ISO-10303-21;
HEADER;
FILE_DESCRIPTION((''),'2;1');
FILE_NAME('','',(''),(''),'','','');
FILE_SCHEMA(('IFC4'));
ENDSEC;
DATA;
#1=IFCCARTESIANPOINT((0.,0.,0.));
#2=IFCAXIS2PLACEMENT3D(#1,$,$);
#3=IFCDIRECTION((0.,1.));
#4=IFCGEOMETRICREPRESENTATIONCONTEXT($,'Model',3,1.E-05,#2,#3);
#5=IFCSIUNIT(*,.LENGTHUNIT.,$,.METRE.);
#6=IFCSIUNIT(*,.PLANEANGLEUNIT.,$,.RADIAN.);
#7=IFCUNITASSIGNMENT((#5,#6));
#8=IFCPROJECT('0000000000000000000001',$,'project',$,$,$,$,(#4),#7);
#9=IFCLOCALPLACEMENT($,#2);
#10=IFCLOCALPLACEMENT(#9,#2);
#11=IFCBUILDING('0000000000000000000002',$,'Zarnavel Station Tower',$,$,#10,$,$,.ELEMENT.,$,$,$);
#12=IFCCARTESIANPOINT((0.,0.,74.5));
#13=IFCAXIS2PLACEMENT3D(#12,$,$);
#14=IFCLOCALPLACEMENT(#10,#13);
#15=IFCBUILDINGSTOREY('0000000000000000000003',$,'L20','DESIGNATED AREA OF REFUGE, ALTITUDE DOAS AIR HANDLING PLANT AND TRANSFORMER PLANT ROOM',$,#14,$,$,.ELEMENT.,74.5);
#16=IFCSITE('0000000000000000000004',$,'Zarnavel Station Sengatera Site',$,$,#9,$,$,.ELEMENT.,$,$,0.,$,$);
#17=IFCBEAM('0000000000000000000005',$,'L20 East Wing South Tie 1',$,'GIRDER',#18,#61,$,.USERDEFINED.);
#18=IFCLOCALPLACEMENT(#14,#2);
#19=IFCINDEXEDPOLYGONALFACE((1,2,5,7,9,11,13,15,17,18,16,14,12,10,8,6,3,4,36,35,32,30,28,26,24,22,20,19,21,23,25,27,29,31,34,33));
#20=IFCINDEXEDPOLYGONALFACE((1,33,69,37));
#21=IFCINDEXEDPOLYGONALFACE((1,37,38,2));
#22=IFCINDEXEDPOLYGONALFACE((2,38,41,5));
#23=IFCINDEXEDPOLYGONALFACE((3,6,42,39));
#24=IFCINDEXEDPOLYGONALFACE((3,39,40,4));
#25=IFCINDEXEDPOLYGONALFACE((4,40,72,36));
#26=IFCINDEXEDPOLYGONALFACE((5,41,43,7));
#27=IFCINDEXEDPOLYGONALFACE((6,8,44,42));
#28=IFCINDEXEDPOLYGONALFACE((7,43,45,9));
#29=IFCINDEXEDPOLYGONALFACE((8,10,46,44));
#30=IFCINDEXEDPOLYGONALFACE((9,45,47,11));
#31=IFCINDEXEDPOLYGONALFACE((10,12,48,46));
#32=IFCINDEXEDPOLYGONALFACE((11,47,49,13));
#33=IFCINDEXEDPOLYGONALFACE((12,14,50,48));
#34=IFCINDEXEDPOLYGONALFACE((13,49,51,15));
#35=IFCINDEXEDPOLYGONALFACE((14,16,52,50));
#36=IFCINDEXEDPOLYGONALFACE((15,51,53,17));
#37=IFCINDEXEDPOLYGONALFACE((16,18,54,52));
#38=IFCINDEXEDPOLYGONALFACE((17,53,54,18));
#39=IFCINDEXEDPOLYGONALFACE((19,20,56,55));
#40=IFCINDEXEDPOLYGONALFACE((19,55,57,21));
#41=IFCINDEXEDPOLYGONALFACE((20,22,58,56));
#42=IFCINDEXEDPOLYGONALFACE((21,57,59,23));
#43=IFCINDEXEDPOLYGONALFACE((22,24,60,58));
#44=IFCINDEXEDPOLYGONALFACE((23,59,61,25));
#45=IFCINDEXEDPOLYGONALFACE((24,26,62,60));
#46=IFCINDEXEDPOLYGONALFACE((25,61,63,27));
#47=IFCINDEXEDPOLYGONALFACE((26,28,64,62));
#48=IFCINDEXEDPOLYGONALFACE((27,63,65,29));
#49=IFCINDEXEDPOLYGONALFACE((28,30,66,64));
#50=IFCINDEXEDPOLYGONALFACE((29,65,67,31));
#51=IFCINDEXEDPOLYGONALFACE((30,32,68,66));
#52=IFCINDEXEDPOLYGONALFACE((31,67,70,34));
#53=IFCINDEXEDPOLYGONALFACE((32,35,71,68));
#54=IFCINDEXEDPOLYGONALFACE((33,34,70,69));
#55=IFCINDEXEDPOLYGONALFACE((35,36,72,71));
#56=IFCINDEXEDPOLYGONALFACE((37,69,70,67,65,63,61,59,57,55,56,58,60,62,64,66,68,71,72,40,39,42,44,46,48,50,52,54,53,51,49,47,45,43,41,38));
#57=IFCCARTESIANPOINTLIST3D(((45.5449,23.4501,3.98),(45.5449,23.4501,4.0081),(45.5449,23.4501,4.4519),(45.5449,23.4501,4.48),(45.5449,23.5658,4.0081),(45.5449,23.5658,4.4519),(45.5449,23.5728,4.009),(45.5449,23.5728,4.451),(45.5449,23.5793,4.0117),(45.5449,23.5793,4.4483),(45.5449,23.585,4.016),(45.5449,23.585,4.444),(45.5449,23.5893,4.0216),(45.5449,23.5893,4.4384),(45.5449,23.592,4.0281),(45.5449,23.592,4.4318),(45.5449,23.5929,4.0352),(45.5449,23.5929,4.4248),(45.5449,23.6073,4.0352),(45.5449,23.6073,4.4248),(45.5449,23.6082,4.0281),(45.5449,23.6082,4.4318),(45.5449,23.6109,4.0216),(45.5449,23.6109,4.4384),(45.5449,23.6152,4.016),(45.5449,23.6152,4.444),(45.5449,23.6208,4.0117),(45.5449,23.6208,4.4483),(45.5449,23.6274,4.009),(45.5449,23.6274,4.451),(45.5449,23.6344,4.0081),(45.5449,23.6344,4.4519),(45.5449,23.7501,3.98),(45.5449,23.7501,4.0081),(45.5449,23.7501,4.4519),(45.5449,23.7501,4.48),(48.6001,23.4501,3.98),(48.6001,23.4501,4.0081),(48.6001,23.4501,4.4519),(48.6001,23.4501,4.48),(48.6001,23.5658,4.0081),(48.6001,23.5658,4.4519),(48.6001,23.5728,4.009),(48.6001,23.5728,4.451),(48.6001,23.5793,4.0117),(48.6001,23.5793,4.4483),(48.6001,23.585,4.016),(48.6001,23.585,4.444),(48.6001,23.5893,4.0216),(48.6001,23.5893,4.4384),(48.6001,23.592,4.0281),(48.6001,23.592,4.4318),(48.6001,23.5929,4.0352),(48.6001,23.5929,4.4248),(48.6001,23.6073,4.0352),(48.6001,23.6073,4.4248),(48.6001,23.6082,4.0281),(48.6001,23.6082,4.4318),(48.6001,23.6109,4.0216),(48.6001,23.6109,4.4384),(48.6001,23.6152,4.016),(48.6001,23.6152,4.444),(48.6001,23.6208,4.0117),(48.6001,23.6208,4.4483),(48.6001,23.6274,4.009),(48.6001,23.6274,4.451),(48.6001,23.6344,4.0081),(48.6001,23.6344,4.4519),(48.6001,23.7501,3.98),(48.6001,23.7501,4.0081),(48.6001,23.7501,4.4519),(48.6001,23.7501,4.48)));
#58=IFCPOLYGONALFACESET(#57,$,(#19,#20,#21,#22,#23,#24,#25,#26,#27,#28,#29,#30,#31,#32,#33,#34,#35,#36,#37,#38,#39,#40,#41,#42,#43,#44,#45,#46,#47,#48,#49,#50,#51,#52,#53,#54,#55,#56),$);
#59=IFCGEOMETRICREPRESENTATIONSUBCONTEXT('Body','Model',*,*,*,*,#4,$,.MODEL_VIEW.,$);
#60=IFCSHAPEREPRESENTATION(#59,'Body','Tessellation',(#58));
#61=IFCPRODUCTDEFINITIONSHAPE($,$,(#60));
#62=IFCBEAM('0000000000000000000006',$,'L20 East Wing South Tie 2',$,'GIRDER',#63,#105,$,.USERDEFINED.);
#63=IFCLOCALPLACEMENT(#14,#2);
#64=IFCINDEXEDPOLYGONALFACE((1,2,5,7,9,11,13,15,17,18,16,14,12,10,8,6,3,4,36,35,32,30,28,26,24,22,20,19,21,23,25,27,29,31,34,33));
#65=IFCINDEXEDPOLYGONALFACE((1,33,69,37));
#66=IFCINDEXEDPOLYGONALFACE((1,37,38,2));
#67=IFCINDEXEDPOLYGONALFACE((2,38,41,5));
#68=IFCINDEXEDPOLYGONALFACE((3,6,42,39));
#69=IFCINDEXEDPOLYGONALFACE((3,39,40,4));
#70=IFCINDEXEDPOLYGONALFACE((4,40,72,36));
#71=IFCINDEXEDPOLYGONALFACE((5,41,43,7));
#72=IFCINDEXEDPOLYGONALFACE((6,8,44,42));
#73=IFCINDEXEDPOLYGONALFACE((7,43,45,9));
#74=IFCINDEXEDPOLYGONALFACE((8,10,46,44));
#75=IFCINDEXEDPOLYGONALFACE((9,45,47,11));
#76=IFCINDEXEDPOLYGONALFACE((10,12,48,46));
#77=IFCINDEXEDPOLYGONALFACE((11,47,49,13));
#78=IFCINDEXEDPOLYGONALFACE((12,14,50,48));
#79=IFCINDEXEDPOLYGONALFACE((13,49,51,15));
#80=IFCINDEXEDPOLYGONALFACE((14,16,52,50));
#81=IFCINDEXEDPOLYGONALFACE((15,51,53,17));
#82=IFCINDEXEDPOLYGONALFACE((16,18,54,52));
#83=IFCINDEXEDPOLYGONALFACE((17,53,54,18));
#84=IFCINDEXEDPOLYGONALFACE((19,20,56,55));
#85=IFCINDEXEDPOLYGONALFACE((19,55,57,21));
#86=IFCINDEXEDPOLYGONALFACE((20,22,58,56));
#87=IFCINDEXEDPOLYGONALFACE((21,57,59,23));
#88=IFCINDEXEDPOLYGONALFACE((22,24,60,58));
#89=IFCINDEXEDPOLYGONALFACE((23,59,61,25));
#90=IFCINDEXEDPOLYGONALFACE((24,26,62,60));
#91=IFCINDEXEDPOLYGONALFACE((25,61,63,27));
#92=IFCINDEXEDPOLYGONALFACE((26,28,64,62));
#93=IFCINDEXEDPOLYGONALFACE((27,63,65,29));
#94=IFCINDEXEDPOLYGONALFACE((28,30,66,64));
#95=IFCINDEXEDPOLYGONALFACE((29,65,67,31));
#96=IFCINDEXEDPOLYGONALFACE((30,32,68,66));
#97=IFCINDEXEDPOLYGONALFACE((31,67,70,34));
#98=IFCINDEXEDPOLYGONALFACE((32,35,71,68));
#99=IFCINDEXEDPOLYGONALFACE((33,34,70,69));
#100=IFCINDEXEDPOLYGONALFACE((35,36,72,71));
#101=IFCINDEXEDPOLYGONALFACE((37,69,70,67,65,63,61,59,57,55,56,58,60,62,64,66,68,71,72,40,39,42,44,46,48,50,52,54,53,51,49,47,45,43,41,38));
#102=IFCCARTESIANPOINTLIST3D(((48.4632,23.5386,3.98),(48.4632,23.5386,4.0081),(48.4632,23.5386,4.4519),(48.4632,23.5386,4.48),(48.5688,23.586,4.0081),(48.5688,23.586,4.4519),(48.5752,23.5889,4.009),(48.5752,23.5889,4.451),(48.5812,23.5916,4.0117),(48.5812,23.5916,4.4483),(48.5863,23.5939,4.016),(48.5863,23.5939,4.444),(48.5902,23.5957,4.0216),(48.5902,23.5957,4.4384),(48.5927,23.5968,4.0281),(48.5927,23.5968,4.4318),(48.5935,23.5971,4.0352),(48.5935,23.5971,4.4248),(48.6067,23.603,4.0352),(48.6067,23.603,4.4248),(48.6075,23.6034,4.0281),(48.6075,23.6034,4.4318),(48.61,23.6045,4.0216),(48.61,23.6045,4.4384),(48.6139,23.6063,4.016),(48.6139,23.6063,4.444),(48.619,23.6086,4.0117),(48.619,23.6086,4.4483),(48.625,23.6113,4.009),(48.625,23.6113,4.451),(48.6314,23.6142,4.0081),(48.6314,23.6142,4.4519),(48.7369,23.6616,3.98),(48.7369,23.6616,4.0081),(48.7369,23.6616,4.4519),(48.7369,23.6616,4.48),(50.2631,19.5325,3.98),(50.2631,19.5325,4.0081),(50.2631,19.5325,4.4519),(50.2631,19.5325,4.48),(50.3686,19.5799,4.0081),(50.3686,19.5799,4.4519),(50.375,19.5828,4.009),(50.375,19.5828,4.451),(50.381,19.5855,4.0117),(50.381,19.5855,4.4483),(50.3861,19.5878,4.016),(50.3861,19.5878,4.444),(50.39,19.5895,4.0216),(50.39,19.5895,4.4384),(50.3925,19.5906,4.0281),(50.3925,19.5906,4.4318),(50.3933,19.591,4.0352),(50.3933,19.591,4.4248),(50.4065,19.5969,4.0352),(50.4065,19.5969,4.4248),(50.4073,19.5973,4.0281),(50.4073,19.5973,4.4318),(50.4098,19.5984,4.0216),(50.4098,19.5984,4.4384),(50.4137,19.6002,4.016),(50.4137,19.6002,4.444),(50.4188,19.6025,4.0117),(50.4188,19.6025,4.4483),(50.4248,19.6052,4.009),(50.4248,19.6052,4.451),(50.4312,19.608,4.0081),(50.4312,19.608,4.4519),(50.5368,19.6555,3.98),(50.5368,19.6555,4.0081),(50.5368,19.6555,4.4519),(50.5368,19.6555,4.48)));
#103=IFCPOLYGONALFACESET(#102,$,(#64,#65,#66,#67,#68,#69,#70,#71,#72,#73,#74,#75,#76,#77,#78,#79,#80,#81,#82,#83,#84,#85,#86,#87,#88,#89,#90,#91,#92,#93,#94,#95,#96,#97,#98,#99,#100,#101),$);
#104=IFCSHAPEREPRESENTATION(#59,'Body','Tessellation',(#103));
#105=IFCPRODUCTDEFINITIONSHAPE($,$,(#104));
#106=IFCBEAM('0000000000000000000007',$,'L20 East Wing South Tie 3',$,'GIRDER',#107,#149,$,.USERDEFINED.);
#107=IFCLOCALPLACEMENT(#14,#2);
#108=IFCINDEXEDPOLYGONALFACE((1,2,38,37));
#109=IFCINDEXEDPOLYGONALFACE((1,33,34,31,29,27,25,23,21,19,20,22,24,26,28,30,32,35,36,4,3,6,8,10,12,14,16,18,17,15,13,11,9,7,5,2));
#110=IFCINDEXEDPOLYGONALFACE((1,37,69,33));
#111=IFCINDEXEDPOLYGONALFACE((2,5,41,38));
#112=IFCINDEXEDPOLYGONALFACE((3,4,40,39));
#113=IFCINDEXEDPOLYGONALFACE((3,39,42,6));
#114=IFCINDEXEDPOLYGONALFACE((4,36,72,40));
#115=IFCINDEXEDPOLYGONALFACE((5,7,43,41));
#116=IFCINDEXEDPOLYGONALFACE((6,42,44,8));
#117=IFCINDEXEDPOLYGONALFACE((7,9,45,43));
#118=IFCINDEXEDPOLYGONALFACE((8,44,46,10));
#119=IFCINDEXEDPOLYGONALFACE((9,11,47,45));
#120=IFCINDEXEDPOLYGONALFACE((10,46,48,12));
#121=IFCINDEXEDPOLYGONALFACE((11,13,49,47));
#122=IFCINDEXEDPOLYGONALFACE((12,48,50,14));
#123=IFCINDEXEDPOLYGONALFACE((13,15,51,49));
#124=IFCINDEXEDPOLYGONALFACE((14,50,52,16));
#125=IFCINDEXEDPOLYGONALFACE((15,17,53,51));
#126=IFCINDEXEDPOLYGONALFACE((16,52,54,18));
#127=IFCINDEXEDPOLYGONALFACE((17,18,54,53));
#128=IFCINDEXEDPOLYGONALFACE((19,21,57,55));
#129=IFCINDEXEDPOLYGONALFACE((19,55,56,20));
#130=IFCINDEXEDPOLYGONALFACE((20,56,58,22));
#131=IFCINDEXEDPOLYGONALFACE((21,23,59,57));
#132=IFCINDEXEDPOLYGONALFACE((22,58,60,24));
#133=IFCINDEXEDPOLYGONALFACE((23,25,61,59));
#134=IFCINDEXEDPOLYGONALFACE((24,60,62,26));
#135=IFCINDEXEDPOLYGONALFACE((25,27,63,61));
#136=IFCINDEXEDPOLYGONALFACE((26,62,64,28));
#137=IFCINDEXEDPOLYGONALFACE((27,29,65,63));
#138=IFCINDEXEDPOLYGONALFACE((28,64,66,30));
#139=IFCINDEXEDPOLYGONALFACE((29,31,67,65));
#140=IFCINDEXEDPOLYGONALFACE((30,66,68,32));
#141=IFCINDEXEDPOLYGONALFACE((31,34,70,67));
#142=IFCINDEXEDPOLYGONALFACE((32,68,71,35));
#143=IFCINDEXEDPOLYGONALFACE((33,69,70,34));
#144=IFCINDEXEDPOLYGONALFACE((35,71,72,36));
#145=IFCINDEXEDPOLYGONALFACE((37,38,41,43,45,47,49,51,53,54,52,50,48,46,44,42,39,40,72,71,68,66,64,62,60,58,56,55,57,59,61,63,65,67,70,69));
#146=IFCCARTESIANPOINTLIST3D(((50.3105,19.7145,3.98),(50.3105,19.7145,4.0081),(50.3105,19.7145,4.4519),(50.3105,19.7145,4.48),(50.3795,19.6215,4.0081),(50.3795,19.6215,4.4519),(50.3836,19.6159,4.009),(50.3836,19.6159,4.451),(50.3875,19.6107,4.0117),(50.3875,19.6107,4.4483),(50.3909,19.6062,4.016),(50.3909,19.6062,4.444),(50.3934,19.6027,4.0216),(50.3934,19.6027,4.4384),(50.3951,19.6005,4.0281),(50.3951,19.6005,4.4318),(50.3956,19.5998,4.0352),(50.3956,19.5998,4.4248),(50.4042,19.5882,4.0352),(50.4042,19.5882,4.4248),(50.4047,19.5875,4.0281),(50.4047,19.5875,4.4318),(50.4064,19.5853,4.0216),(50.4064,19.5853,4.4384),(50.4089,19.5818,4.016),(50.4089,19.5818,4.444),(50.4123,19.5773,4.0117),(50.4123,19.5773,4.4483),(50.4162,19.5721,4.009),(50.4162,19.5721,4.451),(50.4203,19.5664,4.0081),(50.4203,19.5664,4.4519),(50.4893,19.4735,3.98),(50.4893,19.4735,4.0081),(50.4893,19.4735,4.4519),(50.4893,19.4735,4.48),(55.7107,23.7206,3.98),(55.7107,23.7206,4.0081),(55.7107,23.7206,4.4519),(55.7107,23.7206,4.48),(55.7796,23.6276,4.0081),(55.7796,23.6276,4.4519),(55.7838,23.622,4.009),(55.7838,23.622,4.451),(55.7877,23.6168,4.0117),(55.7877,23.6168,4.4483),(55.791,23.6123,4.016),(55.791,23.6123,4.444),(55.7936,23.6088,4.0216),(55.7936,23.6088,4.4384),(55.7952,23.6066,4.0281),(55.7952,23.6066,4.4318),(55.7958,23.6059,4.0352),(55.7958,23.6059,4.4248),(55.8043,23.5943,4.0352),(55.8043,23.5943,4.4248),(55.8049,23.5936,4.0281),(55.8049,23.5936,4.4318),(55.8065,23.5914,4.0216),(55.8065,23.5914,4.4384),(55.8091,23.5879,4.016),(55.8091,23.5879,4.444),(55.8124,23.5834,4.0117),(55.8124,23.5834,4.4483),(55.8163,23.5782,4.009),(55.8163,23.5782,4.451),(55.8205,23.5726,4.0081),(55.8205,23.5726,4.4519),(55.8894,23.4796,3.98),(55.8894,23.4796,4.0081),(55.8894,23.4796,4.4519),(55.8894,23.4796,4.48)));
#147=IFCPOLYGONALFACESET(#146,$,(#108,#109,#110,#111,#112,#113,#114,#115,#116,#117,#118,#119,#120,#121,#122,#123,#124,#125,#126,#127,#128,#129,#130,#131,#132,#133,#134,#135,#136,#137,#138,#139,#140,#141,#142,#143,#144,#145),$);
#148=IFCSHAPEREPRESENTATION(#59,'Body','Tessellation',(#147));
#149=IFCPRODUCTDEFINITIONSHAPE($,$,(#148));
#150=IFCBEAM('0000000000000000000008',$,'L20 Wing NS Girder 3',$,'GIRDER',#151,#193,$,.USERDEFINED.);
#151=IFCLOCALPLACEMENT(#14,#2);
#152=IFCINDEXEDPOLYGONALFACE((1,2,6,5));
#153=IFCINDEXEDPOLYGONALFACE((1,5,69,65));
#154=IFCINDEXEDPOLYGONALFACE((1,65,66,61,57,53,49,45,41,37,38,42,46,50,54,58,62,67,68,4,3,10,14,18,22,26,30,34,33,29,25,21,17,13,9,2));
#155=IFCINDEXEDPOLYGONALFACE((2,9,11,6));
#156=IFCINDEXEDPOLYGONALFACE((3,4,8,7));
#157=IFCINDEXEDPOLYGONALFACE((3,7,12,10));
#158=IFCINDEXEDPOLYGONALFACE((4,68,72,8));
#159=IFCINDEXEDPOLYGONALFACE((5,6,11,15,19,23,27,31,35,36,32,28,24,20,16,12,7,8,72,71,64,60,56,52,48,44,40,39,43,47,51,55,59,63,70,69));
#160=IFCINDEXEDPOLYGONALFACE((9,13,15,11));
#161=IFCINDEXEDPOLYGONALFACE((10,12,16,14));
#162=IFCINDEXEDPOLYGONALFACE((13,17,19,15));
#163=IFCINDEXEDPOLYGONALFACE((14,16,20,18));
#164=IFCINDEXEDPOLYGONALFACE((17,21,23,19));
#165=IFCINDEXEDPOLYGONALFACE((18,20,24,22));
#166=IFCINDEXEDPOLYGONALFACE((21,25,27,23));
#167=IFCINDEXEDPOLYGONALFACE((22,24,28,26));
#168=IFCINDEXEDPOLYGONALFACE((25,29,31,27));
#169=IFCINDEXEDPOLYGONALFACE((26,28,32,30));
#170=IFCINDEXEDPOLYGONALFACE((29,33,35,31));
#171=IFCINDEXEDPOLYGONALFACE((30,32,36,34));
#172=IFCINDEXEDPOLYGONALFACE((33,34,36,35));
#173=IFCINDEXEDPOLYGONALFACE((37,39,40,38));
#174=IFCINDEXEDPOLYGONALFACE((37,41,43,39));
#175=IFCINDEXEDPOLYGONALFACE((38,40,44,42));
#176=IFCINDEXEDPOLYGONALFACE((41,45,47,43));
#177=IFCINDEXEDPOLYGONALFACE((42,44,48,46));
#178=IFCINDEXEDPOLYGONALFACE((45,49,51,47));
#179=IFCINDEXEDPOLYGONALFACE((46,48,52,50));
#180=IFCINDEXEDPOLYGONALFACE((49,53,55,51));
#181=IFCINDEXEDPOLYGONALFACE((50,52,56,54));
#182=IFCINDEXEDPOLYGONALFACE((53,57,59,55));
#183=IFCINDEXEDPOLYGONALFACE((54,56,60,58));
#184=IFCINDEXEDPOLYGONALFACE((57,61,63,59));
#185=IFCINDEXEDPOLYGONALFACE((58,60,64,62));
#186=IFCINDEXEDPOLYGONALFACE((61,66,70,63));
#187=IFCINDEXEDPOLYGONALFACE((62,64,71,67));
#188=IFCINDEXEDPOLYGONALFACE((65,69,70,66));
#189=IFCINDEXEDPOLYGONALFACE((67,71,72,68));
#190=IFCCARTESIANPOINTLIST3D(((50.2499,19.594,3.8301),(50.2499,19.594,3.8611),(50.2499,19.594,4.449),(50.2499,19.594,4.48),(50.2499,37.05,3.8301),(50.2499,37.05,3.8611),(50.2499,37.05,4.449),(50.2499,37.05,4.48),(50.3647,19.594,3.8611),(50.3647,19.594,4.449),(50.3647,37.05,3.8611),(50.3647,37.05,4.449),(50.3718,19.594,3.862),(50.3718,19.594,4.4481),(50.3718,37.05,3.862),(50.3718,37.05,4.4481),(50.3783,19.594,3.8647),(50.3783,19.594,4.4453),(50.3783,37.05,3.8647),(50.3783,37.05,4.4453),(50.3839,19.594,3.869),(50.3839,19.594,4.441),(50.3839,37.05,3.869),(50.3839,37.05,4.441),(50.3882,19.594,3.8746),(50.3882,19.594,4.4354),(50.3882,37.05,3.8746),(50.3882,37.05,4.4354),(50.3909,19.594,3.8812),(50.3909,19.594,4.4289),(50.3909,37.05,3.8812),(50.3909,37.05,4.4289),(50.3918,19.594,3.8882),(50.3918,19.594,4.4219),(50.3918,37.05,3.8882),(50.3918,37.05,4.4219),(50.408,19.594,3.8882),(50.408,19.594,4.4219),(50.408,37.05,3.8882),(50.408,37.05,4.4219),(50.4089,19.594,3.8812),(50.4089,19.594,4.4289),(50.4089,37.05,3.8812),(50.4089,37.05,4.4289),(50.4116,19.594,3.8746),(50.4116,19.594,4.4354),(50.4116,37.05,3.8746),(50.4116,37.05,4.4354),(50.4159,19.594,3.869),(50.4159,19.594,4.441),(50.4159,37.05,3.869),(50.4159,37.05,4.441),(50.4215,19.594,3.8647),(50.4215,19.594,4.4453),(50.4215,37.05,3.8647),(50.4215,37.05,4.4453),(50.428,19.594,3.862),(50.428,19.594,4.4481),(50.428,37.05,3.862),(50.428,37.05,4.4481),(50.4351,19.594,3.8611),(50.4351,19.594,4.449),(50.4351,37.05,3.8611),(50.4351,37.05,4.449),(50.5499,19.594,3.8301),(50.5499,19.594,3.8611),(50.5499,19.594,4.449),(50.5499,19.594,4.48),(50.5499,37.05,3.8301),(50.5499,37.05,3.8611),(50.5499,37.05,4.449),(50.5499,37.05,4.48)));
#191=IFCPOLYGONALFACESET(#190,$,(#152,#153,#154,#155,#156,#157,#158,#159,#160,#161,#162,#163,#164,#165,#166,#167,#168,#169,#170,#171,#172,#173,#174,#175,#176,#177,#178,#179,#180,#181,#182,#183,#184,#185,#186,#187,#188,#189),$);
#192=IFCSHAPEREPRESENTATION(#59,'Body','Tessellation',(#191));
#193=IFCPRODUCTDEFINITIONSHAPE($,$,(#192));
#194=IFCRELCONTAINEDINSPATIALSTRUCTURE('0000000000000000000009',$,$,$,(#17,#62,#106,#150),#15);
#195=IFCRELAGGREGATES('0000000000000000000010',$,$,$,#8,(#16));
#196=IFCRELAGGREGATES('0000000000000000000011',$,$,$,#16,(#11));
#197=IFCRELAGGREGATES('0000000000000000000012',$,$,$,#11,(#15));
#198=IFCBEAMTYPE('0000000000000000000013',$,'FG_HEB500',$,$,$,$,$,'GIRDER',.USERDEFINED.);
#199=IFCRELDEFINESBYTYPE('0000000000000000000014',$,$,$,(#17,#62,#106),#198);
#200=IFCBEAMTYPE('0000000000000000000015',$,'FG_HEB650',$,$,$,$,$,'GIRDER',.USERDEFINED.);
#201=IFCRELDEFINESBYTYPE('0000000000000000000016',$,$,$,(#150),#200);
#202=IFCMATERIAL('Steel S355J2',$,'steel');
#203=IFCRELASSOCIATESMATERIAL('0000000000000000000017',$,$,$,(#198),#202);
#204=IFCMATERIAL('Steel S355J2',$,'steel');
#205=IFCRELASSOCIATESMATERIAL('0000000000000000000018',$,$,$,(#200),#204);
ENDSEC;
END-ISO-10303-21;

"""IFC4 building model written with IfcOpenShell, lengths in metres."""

from ifc_helpers import new_model, si_unit, direction, frame, origin, origin_2d, place, context, subcontext, project, spatial, i_section, extrude, material, material_profile, profile_set, type_object, element, save


model = new_model("IFC4")

# Units and contexts
model_context = context("Model", 3, precision=1e-05, world=origin(), true_north=direction((0.0, 1.0)))
body_context = subcontext(model_context, "Body", "Model", "MODEL_VIEW")
ifc_project = project(units=[si_unit("LENGTHUNIT", "METRE"), si_unit("PLANEANGLEUNIT", "RADIAN")], contexts=[model_context])

# Site, building, storey
site_placement = place(None, origin())
site = spatial("IfcSite", under=ifc_project, at=site_placement, Name="Zarnavel Station Sengatera Site", CompositionType="ELEMENT", RefElevation=0.0)
building_placement = place(site_placement, origin())
building = spatial("IfcBuilding", under=site, at=building_placement, Name="Zarnavel Station Tower", CompositionType="ELEMENT")
storey_placement = place(building_placement, frame((0.0, 0.0, 74.5)))
storey = spatial("IfcBuildingStorey", under=building, at=storey_placement, Name="L20", Description="DESIGNATED AREA OF REFUGE, ALTITUDE DOAS AIR HANDLING PLANT AND TRANSFORMER PLANT ROOM", CompositionType="ELEMENT", Elevation=74.5)

# Beams
ifc_material_1 = material(Name="Steel S355J2", Category="steel")
ifc_material_profile_1 = material_profile(ifc_material_1, i_section(OverallWidth=0.3, OverallDepth=0.5, WebThickness=0.0144, FlangeThickness=0.0281, FilletRadius=0.0271, at=origin_2d()), Name="HEB500")
ifc_profile_set_1 = profile_set([ifc_material_profile_1], Name="Steel S355J2")
beam_type_1 = type_object("IfcBeamType", Name="FG_HEB500", ElementType="GIRDER", PredefinedType="USERDEFINED", material=ifc_profile_set_1)
beam_1_placement = place(storey_placement, frame((45.5449, 23.6001, 4.23), z_axis=(1.0, 0.0, 0.0), x_axis=(0.0, 1.0, 0.0)))
element("IfcBeam", 1, at=beam_1_placement, inside=storey, type_object=beam_type_1, Name="L20 East Wing South Tie 1", ObjectType="GIRDER", PredefinedType="USERDEFINED", context=body_context, shape_type="SweptSolid", body=[
    extrude(i_section(OverallWidth=0.3, OverallDepth=0.5, WebThickness=0.0144, FlangeThickness=0.0281, FilletRadius=0.0271, at=origin_2d()), origin(), (0.0, 0.0, 1.0), 3.0552),
])
beam_2_placement = place(storey_placement, frame((48.6001, 23.6001, 4.23), z_axis=(0.409808, -0.912172, 0.0), x_axis=(0.912172, 0.409808, 0.0)))
element("IfcBeam", 2, at=beam_2_placement, inside=storey, type_object=beam_type_1, Name="L20 East Wing South Tie 2", ObjectType="GIRDER", PredefinedType="USERDEFINED", context=body_context, shape_type="SweptSolid", body=[
    extrude(i_section(OverallWidth=0.3, OverallDepth=0.5, WebThickness=0.0144, FlangeThickness=0.0281, FilletRadius=0.0271, at=origin_2d()), origin(), (0.0, 0.0, 1.0), 4.3918),
])
beam_3_placement = place(storey_placement, frame((50.3999, 19.594, 4.23), z_axis=(0.803131, 0.595803, 0.0), x_axis=(-0.595803, 0.803131, 0.0)))
element("IfcBeam", 3, at=beam_3_placement, inside=storey, type_object=beam_type_1, Name="L20 East Wing South Tie 3", ObjectType="GIRDER", PredefinedType="USERDEFINED", context=body_context, shape_type="SweptSolid", body=[
    extrude(i_section(OverallWidth=0.3, OverallDepth=0.5, WebThickness=0.0144, FlangeThickness=0.0281, FilletRadius=0.0271, at=origin_2d()), origin(), (0.0, 0.0, 1.0), 6.7239),
])
ifc_material_2 = material(Name="Steel S355J2", Category="steel")
ifc_material_profile_2 = material_profile(ifc_material_2, i_section(OverallWidth=0.3, OverallDepth=0.6499, WebThickness=0.0161, FlangeThickness=0.031, FilletRadius=0.0271, at=origin_2d()), Name="HEB650")
ifc_profile_set_2 = profile_set([ifc_material_profile_2], Name="Steel S355J2")
beam_type_2 = type_object("IfcBeamType", Name="FG_HEB650", ElementType="GIRDER", PredefinedType="USERDEFINED", material=ifc_profile_set_2)
beam_4_placement = place(storey_placement, frame((50.3999, 19.594, 4.155), z_axis=(0.0, 1.0, 0.0), x_axis=(-1.0, 0.0, 0.0)))
element("IfcBeam", 4, at=beam_4_placement, inside=storey, type_object=beam_type_2, Name="L20 Wing NS Girder 3", ObjectType="GIRDER", PredefinedType="USERDEFINED", context=body_context, shape_type="SweptSolid", body=[
    extrude(i_section(OverallWidth=0.3, OverallDepth=0.6499, WebThickness=0.0161, FlangeThickness=0.031, FilletRadius=0.0271, at=origin_2d()), origin(), (0.0, 0.0, 1.0), 17.4561),
])

save(model, "model.ifc")
